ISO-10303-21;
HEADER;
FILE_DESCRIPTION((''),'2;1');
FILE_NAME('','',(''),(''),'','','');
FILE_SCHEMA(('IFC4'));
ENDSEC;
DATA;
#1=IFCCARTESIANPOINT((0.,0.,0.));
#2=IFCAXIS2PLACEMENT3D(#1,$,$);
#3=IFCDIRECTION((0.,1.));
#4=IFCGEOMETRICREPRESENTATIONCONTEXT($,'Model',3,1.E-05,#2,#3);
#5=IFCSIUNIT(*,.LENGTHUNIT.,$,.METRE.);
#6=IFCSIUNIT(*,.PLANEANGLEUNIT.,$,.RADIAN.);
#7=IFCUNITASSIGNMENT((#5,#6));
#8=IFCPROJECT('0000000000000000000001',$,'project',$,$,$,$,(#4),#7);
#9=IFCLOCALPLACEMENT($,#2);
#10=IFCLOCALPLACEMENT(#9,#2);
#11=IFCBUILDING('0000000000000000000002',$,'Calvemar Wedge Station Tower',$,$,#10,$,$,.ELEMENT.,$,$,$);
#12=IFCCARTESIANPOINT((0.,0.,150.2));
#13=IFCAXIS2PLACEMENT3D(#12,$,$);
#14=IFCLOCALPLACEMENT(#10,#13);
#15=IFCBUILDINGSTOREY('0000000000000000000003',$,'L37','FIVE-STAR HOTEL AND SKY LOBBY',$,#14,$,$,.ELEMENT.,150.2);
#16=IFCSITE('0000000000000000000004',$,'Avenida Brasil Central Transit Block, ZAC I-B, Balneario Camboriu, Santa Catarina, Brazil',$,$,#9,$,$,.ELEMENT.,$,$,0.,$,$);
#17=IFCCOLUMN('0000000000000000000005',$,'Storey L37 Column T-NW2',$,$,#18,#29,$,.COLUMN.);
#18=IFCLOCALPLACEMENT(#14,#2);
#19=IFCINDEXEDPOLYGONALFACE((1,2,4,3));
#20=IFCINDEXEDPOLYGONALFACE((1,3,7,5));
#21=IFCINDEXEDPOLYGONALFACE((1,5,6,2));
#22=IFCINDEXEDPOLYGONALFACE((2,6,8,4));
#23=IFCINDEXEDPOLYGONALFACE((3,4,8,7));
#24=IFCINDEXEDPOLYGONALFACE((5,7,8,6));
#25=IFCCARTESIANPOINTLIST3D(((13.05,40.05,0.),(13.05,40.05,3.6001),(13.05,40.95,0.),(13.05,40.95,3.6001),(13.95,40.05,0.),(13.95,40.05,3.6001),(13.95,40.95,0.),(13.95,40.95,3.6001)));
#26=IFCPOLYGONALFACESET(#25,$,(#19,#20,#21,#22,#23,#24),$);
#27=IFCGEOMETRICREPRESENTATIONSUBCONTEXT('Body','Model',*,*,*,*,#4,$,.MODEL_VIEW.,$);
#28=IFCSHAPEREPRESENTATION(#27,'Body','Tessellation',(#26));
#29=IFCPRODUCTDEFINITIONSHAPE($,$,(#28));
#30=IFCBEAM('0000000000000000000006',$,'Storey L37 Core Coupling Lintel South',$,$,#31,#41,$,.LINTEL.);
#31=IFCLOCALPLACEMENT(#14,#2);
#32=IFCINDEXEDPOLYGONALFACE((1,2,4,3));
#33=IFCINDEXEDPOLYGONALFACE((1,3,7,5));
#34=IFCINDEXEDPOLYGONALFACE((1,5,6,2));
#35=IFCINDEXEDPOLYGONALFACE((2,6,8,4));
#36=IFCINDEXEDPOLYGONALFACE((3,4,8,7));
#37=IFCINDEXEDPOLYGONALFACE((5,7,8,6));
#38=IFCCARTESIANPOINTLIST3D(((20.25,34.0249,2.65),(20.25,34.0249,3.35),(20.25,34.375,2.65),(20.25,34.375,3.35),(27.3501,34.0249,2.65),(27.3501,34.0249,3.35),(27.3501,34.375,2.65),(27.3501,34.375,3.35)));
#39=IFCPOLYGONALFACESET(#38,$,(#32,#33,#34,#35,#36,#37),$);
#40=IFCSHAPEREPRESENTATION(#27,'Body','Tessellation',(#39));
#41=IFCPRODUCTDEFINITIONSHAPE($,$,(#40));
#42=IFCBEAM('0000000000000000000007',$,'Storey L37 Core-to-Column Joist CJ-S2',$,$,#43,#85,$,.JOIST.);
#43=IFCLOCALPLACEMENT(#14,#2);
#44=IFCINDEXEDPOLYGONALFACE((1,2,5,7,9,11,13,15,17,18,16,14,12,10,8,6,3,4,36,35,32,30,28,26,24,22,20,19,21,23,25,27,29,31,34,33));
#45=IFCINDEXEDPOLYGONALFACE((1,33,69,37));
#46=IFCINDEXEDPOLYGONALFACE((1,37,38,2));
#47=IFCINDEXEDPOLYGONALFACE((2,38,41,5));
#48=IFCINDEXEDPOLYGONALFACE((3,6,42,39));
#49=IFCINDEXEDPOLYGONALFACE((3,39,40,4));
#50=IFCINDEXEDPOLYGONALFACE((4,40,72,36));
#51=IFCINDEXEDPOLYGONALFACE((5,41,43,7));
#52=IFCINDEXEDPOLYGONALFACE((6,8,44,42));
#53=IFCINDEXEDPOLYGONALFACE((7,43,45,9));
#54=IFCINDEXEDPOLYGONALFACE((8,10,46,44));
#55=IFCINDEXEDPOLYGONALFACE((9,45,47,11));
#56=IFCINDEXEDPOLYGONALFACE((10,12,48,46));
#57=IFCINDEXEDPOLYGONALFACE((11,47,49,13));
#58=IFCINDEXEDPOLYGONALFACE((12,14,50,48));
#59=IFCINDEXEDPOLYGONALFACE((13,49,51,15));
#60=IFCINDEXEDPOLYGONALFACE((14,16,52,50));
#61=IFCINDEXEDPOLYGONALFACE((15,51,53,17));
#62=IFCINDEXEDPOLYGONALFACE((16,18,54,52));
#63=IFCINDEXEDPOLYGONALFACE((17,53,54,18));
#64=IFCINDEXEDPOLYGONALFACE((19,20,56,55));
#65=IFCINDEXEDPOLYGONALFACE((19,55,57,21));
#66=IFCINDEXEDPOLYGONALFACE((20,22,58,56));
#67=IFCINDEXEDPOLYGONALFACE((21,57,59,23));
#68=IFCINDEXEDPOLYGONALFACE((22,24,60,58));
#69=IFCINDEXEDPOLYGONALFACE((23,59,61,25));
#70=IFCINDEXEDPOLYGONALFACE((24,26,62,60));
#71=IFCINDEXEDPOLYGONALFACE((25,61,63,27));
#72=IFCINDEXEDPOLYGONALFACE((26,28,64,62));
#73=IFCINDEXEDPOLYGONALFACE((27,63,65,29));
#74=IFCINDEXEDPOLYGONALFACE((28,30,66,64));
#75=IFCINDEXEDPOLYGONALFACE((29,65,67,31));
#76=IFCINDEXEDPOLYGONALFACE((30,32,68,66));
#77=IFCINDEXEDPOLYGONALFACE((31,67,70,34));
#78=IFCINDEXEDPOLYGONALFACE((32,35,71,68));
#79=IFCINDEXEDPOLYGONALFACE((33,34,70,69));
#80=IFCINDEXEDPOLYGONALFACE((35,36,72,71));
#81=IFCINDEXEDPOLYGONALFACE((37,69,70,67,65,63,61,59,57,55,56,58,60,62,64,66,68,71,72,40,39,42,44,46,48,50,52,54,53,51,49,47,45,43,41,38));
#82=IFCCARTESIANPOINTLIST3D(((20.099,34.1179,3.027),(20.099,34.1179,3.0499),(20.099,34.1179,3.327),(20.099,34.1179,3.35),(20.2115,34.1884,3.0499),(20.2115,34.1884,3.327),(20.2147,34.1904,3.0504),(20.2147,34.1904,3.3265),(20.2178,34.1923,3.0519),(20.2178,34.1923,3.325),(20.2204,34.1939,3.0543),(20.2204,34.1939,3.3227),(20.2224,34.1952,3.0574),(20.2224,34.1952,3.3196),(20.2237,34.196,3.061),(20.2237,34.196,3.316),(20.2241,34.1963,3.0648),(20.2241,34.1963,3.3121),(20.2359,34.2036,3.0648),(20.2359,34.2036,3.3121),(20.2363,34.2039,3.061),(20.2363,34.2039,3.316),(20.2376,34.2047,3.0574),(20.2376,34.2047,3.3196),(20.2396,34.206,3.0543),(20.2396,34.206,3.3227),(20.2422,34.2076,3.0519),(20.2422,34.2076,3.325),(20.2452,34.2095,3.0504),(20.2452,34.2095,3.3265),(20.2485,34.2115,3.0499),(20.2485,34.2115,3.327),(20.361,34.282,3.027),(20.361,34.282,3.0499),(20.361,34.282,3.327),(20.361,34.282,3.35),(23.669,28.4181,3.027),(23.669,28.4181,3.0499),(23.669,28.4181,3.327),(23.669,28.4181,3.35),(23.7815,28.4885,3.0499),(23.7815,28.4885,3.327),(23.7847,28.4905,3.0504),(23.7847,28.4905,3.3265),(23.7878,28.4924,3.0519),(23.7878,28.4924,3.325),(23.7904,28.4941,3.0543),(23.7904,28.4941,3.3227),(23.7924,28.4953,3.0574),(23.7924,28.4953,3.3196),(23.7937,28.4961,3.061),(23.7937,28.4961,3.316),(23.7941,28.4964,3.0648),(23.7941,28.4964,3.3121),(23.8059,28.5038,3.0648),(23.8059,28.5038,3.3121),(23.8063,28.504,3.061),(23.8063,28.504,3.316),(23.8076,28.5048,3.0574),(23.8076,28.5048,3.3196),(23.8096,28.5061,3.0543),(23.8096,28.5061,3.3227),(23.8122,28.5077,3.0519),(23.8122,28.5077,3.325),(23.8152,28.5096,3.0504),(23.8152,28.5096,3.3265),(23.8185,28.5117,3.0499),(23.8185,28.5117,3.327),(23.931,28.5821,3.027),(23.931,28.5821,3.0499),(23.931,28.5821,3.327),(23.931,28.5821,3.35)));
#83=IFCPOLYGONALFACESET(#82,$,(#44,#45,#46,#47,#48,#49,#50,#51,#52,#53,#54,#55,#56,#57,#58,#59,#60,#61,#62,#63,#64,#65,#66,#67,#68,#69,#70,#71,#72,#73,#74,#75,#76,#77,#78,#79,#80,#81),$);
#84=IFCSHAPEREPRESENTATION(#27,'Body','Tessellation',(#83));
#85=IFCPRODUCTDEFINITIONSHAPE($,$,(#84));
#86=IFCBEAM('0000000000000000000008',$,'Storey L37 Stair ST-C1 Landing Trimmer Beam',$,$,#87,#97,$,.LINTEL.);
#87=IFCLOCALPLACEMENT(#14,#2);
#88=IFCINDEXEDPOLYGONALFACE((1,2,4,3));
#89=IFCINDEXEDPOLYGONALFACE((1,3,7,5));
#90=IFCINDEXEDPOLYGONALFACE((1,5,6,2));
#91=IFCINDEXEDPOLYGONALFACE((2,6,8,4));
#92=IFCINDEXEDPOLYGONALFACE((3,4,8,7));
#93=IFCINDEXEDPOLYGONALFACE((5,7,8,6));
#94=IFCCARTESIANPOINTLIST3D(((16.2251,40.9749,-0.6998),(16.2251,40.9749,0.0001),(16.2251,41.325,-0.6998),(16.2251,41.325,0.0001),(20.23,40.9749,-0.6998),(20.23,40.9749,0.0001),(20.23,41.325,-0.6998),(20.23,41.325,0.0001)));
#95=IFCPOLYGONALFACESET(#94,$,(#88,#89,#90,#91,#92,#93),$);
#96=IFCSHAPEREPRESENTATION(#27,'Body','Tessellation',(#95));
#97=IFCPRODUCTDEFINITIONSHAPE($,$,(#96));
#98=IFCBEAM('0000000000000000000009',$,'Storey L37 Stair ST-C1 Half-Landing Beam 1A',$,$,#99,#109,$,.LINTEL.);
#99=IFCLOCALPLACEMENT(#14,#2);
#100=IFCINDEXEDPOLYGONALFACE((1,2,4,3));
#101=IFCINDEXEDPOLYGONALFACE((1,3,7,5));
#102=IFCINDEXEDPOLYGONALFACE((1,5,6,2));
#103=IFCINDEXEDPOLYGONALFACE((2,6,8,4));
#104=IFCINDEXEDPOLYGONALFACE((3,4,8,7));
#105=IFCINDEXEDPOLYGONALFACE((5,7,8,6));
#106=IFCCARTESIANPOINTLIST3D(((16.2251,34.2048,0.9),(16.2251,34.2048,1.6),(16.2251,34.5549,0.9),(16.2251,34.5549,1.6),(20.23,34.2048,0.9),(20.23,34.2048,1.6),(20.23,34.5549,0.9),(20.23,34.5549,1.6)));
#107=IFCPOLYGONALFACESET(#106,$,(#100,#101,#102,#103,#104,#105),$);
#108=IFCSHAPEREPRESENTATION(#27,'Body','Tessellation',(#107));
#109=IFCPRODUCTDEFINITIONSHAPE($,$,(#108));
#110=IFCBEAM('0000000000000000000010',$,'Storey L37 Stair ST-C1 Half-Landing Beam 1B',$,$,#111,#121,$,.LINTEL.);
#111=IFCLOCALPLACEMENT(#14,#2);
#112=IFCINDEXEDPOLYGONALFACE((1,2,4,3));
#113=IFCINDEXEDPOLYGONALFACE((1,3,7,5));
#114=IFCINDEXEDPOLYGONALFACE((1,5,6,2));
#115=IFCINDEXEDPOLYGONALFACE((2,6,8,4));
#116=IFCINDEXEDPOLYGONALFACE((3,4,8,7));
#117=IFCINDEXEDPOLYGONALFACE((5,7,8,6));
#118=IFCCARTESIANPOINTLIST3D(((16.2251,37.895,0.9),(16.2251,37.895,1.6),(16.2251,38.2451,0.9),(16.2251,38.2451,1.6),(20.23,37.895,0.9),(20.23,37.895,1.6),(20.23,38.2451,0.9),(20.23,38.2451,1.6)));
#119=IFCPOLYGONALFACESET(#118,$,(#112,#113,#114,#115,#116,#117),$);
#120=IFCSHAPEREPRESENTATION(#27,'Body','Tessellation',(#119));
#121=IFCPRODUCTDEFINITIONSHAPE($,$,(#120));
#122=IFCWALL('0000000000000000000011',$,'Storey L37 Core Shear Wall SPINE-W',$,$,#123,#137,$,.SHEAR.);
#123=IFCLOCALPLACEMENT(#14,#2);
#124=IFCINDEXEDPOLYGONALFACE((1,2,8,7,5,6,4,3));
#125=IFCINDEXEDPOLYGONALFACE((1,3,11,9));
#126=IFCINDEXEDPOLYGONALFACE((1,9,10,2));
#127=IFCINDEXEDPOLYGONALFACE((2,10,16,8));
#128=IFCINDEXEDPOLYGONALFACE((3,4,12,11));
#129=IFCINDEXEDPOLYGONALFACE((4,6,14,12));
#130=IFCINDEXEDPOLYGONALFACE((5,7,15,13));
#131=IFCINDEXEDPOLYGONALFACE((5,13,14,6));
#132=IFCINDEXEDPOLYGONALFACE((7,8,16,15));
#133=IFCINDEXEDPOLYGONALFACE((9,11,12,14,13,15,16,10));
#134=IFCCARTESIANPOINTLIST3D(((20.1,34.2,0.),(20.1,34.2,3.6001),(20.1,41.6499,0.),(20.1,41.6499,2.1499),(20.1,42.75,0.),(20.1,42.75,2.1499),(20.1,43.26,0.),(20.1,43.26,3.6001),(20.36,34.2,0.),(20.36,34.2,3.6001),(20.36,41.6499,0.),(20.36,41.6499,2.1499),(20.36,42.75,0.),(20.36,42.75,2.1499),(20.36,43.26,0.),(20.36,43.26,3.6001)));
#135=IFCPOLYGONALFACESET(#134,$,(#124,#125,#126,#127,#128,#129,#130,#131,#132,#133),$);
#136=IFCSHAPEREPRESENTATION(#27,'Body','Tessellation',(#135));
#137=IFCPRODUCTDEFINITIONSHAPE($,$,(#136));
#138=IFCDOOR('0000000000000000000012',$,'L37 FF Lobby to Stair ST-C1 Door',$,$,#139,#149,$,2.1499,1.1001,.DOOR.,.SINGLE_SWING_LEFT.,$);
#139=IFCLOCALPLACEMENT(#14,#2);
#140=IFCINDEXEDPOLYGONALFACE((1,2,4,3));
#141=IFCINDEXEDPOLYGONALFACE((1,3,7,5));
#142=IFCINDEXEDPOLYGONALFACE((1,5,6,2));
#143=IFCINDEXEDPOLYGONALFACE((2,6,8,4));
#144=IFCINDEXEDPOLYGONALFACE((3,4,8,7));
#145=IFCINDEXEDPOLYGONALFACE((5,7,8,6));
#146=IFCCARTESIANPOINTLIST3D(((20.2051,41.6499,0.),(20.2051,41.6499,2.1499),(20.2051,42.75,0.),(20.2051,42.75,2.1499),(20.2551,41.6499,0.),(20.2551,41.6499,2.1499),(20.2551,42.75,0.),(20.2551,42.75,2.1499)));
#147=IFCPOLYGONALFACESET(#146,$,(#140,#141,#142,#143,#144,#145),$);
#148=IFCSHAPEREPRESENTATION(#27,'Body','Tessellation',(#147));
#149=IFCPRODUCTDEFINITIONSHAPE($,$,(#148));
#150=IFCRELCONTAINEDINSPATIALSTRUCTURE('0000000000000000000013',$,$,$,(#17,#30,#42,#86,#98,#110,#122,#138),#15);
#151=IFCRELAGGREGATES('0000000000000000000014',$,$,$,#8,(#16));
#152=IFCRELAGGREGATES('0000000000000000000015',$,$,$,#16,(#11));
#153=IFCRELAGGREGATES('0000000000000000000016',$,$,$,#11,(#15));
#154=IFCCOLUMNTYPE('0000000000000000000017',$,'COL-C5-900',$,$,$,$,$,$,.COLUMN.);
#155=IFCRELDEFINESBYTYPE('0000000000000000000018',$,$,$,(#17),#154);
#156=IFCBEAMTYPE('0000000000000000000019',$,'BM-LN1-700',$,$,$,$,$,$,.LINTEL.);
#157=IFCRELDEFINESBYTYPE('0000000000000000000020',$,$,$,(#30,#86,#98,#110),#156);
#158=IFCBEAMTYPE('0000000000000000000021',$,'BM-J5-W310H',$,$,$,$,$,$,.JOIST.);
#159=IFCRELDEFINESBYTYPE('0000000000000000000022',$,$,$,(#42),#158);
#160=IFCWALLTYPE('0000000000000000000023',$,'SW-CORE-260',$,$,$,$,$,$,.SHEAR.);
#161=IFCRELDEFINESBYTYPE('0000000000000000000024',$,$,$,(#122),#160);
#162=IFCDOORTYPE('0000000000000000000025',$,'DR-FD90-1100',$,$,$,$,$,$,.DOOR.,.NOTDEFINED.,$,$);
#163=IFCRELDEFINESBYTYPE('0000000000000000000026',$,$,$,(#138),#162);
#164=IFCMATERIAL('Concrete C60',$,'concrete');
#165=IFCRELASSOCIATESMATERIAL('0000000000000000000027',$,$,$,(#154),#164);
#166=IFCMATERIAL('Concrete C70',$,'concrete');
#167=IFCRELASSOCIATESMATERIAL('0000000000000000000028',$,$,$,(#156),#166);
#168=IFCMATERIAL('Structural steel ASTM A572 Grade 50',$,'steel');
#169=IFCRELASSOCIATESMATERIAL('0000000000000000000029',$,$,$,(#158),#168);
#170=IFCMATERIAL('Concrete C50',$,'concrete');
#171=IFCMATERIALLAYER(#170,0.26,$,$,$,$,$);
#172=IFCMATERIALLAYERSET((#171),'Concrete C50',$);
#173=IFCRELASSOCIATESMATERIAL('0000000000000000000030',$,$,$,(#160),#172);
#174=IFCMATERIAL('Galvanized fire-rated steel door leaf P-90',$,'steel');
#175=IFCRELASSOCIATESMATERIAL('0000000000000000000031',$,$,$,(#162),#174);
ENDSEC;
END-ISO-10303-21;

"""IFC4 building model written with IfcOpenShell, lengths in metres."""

from ifc_helpers import new_model, si_unit, direction, frame, frame_2d, origin, origin_2d, place, context, subcontext, project, spatial, rectangle, i_section, extrude, source, transform, mapped, material, layer, layer_set, material_profile, profile_set, type_object, element, fill, save


model = new_model("IFC4")

# Units and contexts
model_context = context("Model", 3, precision=1e-05, world=origin(), true_north=direction((0.0, 1.0)))
body_context = subcontext(model_context, "Body", "Model", "MODEL_VIEW")
ifc_project = project(units=[si_unit("LENGTHUNIT", "METRE"), si_unit("PLANEANGLEUNIT", "RADIAN")], contexts=[model_context])

# Site, building, storey
site_placement = place(None, origin())
site = spatial("IfcSite", under=ifc_project, at=site_placement, Name="Avenida Brasil Central Transit Block, ZAC I-B, Balneario Camboriu, Santa Catarina, Brazil", CompositionType="ELEMENT", RefElevation=0.0)
building_placement = place(site_placement, origin())
building = spatial("IfcBuilding", under=site, at=building_placement, Name="Calvemar Wedge Station Tower", CompositionType="ELEMENT")
storey_placement = place(building_placement, frame((0.0, 0.0, 150.2)))
storey = spatial("IfcBuildingStorey", under=building, at=storey_placement, Name="L37", Description="FIVE-STAR HOTEL AND SKY LOBBY", CompositionType="ELEMENT", Elevation=150.2)

# Column
ifc_material_1 = material(Name="Concrete C60", Category="concrete")
ifc_material_profile_1 = material_profile(ifc_material_1, rectangle(XDim=0.8999, YDim=0.8999, at=origin_2d()), Name="RC900x900")
ifc_profile_set_1 = profile_set([ifc_material_profile_1], Name="Concrete C60")
column_type = type_object("IfcColumnType", Name="COL-C5-900", PredefinedType="COLUMN", material=ifc_profile_set_1)
shared_shape_1 = source(origin(), body_context, "Body", "SweptSolid", [
    extrude(rectangle(XDim=0.8999, YDim=0.8999, at=origin_2d()), origin(), (0.0, 0.0, 1.0), 3.6001),
])
column_placement = place(storey_placement, frame((13.5, 40.5, 0.0), z_axis=(0.0, 0.0, 1.0), x_axis=(1.0, 0.0, 0.0)))
element("IfcColumn", 1, at=column_placement, inside=storey, type_object=column_type, Name="Storey L37 Column T-NW2", PredefinedType="COLUMN", context=body_context, shape_type="MappedRepresentation", body=[
    mapped(shared_shape_1, transform((0.0, 0.0, 0.0), scale=1.0)),
])

# Beams
ifc_material_2 = material(Name="Concrete C70", Category="concrete")
ifc_material_profile_2 = material_profile(ifc_material_2, rectangle(XDim=0.3501, YDim=0.7, at=origin_2d()), Name="RC350x700")
ifc_profile_set_2 = profile_set([ifc_material_profile_2], Name="Concrete C70")
beam_type_1 = type_object("IfcBeamType", Name="BM-LN1-700", PredefinedType="LINTEL", material=ifc_profile_set_2)
shared_shape_2 = source(origin(), body_context, "Body", "SweptSolid", [
    extrude(rectangle(XDim=0.3501, YDim=0.7, at=origin_2d()), origin(), (0.0, 0.0, 1.0), 7.1001),
])
beam_1_placement = place(storey_placement, frame((20.25, 34.2, 3.0), z_axis=(1.0, 0.0, 0.0), x_axis=(0.0, 1.0, 0.0)))
element("IfcBeam", 2, at=beam_1_placement, inside=storey, type_object=beam_type_1, Name="Storey L37 Core Coupling Lintel South", PredefinedType="LINTEL", context=body_context, shape_type="MappedRepresentation", body=[
    mapped(shared_shape_2, transform((0.0, 0.0, 0.0), scale=1.0)),
])
ifc_material_3 = material(Name="Structural steel ASTM A572 Grade 50", Category="steel")
ifc_material_profile_3 = material_profile(ifc_material_3, i_section(OverallWidth=0.3091, OverallDepth=0.323, WebThickness=0.0139, FlangeThickness=0.0229, FilletRadius=0.0149, at=origin_2d()), Name="W310x143")
ifc_profile_set_3 = profile_set([ifc_material_profile_3], Name="Structural steel ASTM A572 Grade 50")
beam_type_2 = type_object("IfcBeamType", Name="BM-J5-W310H", PredefinedType="JOIST", material=ifc_profile_set_3)
shared_shape_3 = source(origin(), body_context, "Body", "SweptSolid", [
    extrude(i_section(OverallWidth=0.3091, OverallDepth=0.323, WebThickness=0.0139, FlangeThickness=0.0229, FilletRadius=0.0149, at=origin_2d()), origin(), (0.0, 0.0, 1.0), 6.7256),
])
beam_2_placement = place(storey_placement, frame((20.23, 34.2, 3.1885), z_axis=(0.530811, -0.84749, 0.0), x_axis=(0.84749, 0.530811, 0.0)))
element("IfcBeam", 3, at=beam_2_placement, inside=storey, type_object=beam_type_2, Name="Storey L37 Core-to-Column Joist CJ-S2", PredefinedType="JOIST", context=body_context, shape_type="MappedRepresentation", body=[
    mapped(shared_shape_3, transform((0.0, 0.0, 0.0), scale=1.0)),
])
shared_shape_4 = source(origin(), body_context, "Body", "SweptSolid", [
    extrude(rectangle(XDim=0.3501, YDim=0.7, at=origin_2d()), origin(), (0.0, 0.0, 1.0), 4.0049),
])
for number, where, z_axis, x_axis, name in (
    (4, (16.2251, 41.1499, -0.3499), (1.0, 0.0, 0.0), (0.0, 1.0, 0.0), "Storey L37 Stair ST-C1 Landing Trimmer Beam"),
    (5, (16.2251, 34.3799, 1.25), (1.0, 0.0, 0.0), (0.0, 1.0, 0.0), "Storey L37 Stair ST-C1 Half-Landing Beam 1A"),
    (6, (16.2251, 38.0701, 1.25), (1.0, 0.0, 0.0), (0.0, 1.0, 0.0), "Storey L37 Stair ST-C1 Half-Landing Beam 1B"),
):
    element("IfcBeam", number, at=place(storey_placement, frame(where, z_axis=z_axis, x_axis=x_axis)), inside=storey, type_object=beam_type_1, Name=name, PredefinedType="LINTEL", context=body_context, shape_type="MappedRepresentation", body=[
        mapped(shared_shape_4, transform((0.0, 0.0, 0.0), scale=1.0)),
    ])

# Wall, opening, door
ifc_material_4 = material(Name="Concrete C50", Category="concrete")
ifc_layer_1 = layer(ifc_material_4, 0.26)
ifc_layer_set_1 = layer_set([ifc_layer_1], Name="Concrete C50")
wall_type_1 = type_object("IfcWallType", Name="SW-CORE-260", PredefinedType="SHEAR", material=ifc_layer_set_1)
wall_1_placement = place(storey_placement, frame((20.23, 34.2, 0.0), z_axis=(0.0, 0.0, 1.0), x_axis=(0.0, 1.0, 0.0)))
wall_1 = element("IfcWall", 7, at=wall_1_placement, inside=storey, type_object=wall_type_1, Name="Storey L37 Core Shear Wall SPINE-W", PredefinedType="SHEAR", context=body_context, shape_type="SweptSolid", body=[
    extrude(rectangle(XDim=9.0601, YDim=0.26, at=frame_2d((4.53, 0.0))), origin(), (0.0, 0.0, 1.0), 3.6001),
])
shared_shape_5 = source(origin(), body_context, "Body", "SweptSolid", [
    extrude(rectangle(XDim=1.1001, YDim=2.1499, at=frame_2d((0.55, 1.075))), frame((0.0, 0.1401, 0.0), z_axis=(0.0, -1.0, 0.0), x_axis=(1.0, 0.0, 0.0)), (0.0, 0.0, 1.0), 0.28),
])
opening_1_placement = place(wall_1_placement, frame((7.45, 0.0, 0.0)))
opening_1 = element("IfcOpeningElement", 8, at=opening_1_placement, cuts=wall_1, PredefinedType="OPENING", context=body_context, shape_type="MappedRepresentation", body=[
    mapped(shared_shape_5, transform((0.0, 0.0, 0.0), scale=1.0)),
])
ifc_material_5 = material(Name="Galvanized fire-rated steel door leaf P-90", Category="steel")
door_type_1 = type_object("IfcDoorType", Name="DR-FD90-1100", OperationType="NOTDEFINED", PredefinedType="DOOR", material=ifc_material_5)
shared_shape_6 = source(origin(), body_context, "Body", "SweptSolid", [
    extrude(rectangle(XDim=1.1001, YDim=2.1499, at=frame_2d((0.55, 1.075))), frame((0.0, 0.0249, 0.0), z_axis=(0.0, -1.0, 0.0), x_axis=(1.0, 0.0, 0.0)), (0.0, 0.0, 1.0), 0.05),
])
door_1_placement = place(opening_1_placement, origin())
door_1 = element("IfcDoor", 9, at=door_1_placement, inside=storey, type_object=door_type_1, Name="L37 FF Lobby to Stair ST-C1 Door", OperationType="SINGLE_SWING_LEFT", OverallHeight=2.1499, OverallWidth=1.1001, PredefinedType="DOOR", context=body_context, shape_type="MappedRepresentation", body=[
    mapped(shared_shape_6, transform((0.0, 0.0, 0.0), scale=1.0)),
])
fill(opening_1, door_1)

save(model, "model.ifc")
